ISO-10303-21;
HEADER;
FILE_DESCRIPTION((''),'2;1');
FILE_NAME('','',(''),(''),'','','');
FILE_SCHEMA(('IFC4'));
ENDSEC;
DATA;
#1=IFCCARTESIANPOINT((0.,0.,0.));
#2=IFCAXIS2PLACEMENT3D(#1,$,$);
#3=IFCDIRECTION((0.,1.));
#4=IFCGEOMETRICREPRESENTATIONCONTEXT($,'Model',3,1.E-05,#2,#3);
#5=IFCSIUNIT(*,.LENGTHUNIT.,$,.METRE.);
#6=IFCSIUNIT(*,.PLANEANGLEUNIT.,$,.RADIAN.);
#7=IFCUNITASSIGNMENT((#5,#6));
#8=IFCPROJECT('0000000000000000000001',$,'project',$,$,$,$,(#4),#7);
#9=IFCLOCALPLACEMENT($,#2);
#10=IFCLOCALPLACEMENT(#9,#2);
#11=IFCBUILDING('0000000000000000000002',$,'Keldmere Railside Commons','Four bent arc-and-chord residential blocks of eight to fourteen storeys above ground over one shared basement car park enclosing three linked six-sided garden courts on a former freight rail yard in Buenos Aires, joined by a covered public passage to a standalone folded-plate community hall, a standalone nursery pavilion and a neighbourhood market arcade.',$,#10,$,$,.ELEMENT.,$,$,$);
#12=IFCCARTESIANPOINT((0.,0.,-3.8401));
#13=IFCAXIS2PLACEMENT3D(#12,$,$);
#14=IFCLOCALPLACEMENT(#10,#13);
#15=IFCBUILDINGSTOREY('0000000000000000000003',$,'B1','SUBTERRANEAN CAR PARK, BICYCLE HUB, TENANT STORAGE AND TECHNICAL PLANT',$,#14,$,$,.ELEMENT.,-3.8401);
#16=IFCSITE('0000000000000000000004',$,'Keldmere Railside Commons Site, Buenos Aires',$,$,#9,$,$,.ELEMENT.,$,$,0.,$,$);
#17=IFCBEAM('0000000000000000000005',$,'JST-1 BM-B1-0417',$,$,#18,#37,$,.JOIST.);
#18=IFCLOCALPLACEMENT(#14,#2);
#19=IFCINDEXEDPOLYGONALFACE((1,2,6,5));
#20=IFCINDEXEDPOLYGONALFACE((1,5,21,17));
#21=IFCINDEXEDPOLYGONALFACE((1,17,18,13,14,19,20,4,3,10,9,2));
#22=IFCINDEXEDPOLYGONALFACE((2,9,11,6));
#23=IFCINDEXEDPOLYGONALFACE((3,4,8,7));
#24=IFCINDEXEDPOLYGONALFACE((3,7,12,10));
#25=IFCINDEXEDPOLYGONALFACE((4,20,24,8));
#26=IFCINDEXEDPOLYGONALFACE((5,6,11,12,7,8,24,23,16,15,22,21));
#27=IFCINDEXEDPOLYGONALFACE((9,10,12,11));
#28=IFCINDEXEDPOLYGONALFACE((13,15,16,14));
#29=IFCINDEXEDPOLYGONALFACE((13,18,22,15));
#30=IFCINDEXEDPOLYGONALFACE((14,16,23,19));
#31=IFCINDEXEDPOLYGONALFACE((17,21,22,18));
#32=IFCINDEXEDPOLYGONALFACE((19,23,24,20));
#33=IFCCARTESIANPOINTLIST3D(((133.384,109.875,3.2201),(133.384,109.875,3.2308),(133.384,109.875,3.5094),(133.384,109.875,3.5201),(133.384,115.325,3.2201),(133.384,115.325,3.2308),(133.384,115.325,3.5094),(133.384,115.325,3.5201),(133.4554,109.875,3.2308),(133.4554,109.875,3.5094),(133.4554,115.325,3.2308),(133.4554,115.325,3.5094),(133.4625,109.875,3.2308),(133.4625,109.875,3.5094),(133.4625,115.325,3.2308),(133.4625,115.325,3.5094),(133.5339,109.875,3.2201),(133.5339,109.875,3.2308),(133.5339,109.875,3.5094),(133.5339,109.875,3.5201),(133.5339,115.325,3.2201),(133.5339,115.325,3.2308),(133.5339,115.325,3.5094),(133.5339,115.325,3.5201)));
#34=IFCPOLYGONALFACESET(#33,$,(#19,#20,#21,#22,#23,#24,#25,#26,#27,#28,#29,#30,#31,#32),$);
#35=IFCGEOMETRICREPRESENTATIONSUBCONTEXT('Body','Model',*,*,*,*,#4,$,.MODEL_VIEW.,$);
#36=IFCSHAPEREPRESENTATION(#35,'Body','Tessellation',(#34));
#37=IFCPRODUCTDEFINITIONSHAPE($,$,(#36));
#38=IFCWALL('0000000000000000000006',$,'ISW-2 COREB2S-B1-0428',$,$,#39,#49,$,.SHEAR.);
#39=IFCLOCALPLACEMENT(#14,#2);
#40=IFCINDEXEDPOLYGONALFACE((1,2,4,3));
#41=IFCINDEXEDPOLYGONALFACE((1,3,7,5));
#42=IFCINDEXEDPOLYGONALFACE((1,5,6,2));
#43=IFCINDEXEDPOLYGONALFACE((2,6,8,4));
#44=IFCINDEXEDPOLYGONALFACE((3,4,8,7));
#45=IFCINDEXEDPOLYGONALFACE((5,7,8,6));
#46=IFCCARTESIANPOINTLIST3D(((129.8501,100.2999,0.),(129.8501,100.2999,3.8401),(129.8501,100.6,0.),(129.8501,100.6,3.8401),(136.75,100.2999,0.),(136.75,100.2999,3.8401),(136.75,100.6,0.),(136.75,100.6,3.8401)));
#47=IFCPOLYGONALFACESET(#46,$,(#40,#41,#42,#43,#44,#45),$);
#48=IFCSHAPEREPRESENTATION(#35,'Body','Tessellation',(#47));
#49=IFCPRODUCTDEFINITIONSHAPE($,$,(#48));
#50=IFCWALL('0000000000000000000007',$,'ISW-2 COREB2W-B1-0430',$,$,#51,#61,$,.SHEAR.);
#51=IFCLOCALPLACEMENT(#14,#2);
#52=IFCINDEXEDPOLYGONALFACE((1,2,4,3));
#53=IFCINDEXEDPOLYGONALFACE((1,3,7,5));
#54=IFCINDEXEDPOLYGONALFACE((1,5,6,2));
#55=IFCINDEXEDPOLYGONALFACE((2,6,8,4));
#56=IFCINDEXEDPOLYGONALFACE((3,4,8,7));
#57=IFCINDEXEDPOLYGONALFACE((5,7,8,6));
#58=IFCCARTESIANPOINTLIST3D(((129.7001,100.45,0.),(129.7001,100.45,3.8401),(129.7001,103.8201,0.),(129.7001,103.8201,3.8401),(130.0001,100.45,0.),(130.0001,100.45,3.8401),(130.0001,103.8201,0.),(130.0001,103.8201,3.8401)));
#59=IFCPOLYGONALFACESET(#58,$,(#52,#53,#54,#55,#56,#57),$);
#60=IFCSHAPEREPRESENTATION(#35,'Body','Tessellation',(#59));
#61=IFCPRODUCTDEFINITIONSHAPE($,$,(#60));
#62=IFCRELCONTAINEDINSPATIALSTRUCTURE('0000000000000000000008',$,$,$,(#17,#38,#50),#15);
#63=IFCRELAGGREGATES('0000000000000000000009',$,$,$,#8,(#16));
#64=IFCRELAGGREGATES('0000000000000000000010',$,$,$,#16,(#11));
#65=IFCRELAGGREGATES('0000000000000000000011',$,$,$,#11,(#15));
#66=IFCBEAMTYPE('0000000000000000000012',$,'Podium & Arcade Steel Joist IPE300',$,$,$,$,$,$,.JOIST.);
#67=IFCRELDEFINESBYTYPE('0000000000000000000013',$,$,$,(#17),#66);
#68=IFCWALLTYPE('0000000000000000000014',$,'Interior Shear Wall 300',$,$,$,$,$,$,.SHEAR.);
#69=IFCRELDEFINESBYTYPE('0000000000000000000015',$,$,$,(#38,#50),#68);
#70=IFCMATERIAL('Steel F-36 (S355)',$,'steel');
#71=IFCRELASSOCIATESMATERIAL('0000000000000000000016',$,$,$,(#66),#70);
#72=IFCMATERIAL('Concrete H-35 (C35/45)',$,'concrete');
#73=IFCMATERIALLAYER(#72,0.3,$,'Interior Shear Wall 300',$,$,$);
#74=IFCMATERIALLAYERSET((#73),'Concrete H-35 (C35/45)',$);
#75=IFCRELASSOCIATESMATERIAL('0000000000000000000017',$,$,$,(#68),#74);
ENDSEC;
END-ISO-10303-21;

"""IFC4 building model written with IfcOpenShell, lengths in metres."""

from ifc_helpers import new_model, si_unit, direction, frame, frame_2d, origin, origin_2d, place, context, subcontext, project, spatial, rectangle, i_section, extrude, material, layer, layer_set, material_profile, profile_set, type_object, element, save


model = new_model("IFC4")

# Units and contexts
model_context = context("Model", 3, precision=1e-05, world=origin(), true_north=direction((0.0, 1.0)))
body_context = subcontext(model_context, "Body", "Model", "MODEL_VIEW")
ifc_project = project(units=[si_unit("LENGTHUNIT", "METRE"), si_unit("PLANEANGLEUNIT", "RADIAN")], contexts=[model_context])

# Site, building, storey
site_placement = place(None, origin())
site = spatial("IfcSite", under=ifc_project, at=site_placement, Name="Keldmere Railside Commons Site, Buenos Aires", CompositionType="ELEMENT", RefElevation=0.0)
building_placement = place(site_placement, origin())
building = spatial("IfcBuilding", under=site, at=building_placement, Name="Keldmere Railside Commons", Description="Four bent arc-and-chord residential blocks of eight to fourteen storeys above ground over one shared basement car park enclosing three linked six-sided garden courts on a former freight rail yard in Buenos Aires, joined by a covered public passage to a standalone folded-plate community hall, a standalone nursery pavilion and a neighbourhood market arcade.", CompositionType="ELEMENT")
storey_placement = place(building_placement, frame((0.0, 0.0, -3.8401)))
storey = spatial("IfcBuildingStorey", under=building, at=storey_placement, Name="B1", Description="SUBTERRANEAN CAR PARK, BICYCLE HUB, TENANT STORAGE AND TECHNICAL PLANT", CompositionType="ELEMENT", Elevation=-3.8401)

# Beam
ifc_material_1 = material(Name="Concrete H-35 (C35/45)", Category="concrete")
ifc_material_2 = material(Name="Steel F-36 (S355)", Category="steel")
ifc_material_profile_1 = material_profile(ifc_material_2, i_section(OverallWidth=0.1499, OverallDepth=0.3, WebThickness=0.0071, FlangeThickness=0.0107, at=origin_2d()), Name="IPE-300")
ifc_profile_set_1 = profile_set([ifc_material_profile_1], Name="Steel F-36 (S355)")
beam_type_1 = type_object("IfcBeamType", Name="Podium & Arcade Steel Joist IPE300", PredefinedType="JOIST", material=ifc_profile_set_1)
for number, where, z_axis, x_axis, name in (
    (1, (133.459, 109.875, 3.3701), (0.0, 1.0, 0.0), (-1.0, 0.0, 0.0), "JST-1 BM-B1-0417"),
):
    element("IfcBeam", number, at=place(storey_placement, frame(where, z_axis=z_axis, x_axis=x_axis)), inside=storey, type_object=beam_type_1, Name=name, PredefinedType="JOIST", context=body_context, shape_type="SweptSolid", body=[
        extrude(i_section(OverallWidth=0.1499, OverallDepth=0.3, WebThickness=0.0071, FlangeThickness=0.0107, at=origin_2d()), origin(), (0.0, 0.0, 1.0), 5.45),
    ])

# Walls
ifc_layer = layer(ifc_material_1, 0.3, Name="Interior Shear Wall 300")
ifc_layer_set = layer_set([ifc_layer], Name="Concrete H-35 (C35/45)")
wall_type = type_object("IfcWallType", Name="Interior Shear Wall 300", PredefinedType="SHEAR", material=ifc_layer_set)
wall_1_placement = place(storey_placement, frame((129.8501, 100.45, 0.0), z_axis=(0.0, 0.0, 1.0), x_axis=(1.0, 0.0, 0.0)))
element("IfcWall", 2, at=wall_1_placement, inside=storey, type_object=wall_type, Name="ISW-2 COREB2S-B1-0428", PredefinedType="SHEAR", context=body_context, shape_type="SweptSolid", body=[
    extrude(rectangle(XDim=6.8999, YDim=0.3, at=frame_2d((3.45, 0.0))), origin(), (0.0, 0.0, 1.0), 3.8401),
])
wall_2_placement = place(storey_placement, frame((129.8501, 103.8201, 0.0), z_axis=(0.0, 0.0, 1.0), x_axis=(0.0, -1.0, 0.0)))
element("IfcWall", 3, at=wall_2_placement, inside=storey, type_object=wall_type, Name="ISW-2 COREB2W-B1-0430", PredefinedType="SHEAR", context=body_context, shape_type="SweptSolid", body=[
    extrude(rectangle(XDim=3.3701, YDim=0.3, at=frame_2d((1.6851, 0.0))), origin(), (0.0, 0.0, 1.0), 3.8401),
])

save(model, "model.ifc")
